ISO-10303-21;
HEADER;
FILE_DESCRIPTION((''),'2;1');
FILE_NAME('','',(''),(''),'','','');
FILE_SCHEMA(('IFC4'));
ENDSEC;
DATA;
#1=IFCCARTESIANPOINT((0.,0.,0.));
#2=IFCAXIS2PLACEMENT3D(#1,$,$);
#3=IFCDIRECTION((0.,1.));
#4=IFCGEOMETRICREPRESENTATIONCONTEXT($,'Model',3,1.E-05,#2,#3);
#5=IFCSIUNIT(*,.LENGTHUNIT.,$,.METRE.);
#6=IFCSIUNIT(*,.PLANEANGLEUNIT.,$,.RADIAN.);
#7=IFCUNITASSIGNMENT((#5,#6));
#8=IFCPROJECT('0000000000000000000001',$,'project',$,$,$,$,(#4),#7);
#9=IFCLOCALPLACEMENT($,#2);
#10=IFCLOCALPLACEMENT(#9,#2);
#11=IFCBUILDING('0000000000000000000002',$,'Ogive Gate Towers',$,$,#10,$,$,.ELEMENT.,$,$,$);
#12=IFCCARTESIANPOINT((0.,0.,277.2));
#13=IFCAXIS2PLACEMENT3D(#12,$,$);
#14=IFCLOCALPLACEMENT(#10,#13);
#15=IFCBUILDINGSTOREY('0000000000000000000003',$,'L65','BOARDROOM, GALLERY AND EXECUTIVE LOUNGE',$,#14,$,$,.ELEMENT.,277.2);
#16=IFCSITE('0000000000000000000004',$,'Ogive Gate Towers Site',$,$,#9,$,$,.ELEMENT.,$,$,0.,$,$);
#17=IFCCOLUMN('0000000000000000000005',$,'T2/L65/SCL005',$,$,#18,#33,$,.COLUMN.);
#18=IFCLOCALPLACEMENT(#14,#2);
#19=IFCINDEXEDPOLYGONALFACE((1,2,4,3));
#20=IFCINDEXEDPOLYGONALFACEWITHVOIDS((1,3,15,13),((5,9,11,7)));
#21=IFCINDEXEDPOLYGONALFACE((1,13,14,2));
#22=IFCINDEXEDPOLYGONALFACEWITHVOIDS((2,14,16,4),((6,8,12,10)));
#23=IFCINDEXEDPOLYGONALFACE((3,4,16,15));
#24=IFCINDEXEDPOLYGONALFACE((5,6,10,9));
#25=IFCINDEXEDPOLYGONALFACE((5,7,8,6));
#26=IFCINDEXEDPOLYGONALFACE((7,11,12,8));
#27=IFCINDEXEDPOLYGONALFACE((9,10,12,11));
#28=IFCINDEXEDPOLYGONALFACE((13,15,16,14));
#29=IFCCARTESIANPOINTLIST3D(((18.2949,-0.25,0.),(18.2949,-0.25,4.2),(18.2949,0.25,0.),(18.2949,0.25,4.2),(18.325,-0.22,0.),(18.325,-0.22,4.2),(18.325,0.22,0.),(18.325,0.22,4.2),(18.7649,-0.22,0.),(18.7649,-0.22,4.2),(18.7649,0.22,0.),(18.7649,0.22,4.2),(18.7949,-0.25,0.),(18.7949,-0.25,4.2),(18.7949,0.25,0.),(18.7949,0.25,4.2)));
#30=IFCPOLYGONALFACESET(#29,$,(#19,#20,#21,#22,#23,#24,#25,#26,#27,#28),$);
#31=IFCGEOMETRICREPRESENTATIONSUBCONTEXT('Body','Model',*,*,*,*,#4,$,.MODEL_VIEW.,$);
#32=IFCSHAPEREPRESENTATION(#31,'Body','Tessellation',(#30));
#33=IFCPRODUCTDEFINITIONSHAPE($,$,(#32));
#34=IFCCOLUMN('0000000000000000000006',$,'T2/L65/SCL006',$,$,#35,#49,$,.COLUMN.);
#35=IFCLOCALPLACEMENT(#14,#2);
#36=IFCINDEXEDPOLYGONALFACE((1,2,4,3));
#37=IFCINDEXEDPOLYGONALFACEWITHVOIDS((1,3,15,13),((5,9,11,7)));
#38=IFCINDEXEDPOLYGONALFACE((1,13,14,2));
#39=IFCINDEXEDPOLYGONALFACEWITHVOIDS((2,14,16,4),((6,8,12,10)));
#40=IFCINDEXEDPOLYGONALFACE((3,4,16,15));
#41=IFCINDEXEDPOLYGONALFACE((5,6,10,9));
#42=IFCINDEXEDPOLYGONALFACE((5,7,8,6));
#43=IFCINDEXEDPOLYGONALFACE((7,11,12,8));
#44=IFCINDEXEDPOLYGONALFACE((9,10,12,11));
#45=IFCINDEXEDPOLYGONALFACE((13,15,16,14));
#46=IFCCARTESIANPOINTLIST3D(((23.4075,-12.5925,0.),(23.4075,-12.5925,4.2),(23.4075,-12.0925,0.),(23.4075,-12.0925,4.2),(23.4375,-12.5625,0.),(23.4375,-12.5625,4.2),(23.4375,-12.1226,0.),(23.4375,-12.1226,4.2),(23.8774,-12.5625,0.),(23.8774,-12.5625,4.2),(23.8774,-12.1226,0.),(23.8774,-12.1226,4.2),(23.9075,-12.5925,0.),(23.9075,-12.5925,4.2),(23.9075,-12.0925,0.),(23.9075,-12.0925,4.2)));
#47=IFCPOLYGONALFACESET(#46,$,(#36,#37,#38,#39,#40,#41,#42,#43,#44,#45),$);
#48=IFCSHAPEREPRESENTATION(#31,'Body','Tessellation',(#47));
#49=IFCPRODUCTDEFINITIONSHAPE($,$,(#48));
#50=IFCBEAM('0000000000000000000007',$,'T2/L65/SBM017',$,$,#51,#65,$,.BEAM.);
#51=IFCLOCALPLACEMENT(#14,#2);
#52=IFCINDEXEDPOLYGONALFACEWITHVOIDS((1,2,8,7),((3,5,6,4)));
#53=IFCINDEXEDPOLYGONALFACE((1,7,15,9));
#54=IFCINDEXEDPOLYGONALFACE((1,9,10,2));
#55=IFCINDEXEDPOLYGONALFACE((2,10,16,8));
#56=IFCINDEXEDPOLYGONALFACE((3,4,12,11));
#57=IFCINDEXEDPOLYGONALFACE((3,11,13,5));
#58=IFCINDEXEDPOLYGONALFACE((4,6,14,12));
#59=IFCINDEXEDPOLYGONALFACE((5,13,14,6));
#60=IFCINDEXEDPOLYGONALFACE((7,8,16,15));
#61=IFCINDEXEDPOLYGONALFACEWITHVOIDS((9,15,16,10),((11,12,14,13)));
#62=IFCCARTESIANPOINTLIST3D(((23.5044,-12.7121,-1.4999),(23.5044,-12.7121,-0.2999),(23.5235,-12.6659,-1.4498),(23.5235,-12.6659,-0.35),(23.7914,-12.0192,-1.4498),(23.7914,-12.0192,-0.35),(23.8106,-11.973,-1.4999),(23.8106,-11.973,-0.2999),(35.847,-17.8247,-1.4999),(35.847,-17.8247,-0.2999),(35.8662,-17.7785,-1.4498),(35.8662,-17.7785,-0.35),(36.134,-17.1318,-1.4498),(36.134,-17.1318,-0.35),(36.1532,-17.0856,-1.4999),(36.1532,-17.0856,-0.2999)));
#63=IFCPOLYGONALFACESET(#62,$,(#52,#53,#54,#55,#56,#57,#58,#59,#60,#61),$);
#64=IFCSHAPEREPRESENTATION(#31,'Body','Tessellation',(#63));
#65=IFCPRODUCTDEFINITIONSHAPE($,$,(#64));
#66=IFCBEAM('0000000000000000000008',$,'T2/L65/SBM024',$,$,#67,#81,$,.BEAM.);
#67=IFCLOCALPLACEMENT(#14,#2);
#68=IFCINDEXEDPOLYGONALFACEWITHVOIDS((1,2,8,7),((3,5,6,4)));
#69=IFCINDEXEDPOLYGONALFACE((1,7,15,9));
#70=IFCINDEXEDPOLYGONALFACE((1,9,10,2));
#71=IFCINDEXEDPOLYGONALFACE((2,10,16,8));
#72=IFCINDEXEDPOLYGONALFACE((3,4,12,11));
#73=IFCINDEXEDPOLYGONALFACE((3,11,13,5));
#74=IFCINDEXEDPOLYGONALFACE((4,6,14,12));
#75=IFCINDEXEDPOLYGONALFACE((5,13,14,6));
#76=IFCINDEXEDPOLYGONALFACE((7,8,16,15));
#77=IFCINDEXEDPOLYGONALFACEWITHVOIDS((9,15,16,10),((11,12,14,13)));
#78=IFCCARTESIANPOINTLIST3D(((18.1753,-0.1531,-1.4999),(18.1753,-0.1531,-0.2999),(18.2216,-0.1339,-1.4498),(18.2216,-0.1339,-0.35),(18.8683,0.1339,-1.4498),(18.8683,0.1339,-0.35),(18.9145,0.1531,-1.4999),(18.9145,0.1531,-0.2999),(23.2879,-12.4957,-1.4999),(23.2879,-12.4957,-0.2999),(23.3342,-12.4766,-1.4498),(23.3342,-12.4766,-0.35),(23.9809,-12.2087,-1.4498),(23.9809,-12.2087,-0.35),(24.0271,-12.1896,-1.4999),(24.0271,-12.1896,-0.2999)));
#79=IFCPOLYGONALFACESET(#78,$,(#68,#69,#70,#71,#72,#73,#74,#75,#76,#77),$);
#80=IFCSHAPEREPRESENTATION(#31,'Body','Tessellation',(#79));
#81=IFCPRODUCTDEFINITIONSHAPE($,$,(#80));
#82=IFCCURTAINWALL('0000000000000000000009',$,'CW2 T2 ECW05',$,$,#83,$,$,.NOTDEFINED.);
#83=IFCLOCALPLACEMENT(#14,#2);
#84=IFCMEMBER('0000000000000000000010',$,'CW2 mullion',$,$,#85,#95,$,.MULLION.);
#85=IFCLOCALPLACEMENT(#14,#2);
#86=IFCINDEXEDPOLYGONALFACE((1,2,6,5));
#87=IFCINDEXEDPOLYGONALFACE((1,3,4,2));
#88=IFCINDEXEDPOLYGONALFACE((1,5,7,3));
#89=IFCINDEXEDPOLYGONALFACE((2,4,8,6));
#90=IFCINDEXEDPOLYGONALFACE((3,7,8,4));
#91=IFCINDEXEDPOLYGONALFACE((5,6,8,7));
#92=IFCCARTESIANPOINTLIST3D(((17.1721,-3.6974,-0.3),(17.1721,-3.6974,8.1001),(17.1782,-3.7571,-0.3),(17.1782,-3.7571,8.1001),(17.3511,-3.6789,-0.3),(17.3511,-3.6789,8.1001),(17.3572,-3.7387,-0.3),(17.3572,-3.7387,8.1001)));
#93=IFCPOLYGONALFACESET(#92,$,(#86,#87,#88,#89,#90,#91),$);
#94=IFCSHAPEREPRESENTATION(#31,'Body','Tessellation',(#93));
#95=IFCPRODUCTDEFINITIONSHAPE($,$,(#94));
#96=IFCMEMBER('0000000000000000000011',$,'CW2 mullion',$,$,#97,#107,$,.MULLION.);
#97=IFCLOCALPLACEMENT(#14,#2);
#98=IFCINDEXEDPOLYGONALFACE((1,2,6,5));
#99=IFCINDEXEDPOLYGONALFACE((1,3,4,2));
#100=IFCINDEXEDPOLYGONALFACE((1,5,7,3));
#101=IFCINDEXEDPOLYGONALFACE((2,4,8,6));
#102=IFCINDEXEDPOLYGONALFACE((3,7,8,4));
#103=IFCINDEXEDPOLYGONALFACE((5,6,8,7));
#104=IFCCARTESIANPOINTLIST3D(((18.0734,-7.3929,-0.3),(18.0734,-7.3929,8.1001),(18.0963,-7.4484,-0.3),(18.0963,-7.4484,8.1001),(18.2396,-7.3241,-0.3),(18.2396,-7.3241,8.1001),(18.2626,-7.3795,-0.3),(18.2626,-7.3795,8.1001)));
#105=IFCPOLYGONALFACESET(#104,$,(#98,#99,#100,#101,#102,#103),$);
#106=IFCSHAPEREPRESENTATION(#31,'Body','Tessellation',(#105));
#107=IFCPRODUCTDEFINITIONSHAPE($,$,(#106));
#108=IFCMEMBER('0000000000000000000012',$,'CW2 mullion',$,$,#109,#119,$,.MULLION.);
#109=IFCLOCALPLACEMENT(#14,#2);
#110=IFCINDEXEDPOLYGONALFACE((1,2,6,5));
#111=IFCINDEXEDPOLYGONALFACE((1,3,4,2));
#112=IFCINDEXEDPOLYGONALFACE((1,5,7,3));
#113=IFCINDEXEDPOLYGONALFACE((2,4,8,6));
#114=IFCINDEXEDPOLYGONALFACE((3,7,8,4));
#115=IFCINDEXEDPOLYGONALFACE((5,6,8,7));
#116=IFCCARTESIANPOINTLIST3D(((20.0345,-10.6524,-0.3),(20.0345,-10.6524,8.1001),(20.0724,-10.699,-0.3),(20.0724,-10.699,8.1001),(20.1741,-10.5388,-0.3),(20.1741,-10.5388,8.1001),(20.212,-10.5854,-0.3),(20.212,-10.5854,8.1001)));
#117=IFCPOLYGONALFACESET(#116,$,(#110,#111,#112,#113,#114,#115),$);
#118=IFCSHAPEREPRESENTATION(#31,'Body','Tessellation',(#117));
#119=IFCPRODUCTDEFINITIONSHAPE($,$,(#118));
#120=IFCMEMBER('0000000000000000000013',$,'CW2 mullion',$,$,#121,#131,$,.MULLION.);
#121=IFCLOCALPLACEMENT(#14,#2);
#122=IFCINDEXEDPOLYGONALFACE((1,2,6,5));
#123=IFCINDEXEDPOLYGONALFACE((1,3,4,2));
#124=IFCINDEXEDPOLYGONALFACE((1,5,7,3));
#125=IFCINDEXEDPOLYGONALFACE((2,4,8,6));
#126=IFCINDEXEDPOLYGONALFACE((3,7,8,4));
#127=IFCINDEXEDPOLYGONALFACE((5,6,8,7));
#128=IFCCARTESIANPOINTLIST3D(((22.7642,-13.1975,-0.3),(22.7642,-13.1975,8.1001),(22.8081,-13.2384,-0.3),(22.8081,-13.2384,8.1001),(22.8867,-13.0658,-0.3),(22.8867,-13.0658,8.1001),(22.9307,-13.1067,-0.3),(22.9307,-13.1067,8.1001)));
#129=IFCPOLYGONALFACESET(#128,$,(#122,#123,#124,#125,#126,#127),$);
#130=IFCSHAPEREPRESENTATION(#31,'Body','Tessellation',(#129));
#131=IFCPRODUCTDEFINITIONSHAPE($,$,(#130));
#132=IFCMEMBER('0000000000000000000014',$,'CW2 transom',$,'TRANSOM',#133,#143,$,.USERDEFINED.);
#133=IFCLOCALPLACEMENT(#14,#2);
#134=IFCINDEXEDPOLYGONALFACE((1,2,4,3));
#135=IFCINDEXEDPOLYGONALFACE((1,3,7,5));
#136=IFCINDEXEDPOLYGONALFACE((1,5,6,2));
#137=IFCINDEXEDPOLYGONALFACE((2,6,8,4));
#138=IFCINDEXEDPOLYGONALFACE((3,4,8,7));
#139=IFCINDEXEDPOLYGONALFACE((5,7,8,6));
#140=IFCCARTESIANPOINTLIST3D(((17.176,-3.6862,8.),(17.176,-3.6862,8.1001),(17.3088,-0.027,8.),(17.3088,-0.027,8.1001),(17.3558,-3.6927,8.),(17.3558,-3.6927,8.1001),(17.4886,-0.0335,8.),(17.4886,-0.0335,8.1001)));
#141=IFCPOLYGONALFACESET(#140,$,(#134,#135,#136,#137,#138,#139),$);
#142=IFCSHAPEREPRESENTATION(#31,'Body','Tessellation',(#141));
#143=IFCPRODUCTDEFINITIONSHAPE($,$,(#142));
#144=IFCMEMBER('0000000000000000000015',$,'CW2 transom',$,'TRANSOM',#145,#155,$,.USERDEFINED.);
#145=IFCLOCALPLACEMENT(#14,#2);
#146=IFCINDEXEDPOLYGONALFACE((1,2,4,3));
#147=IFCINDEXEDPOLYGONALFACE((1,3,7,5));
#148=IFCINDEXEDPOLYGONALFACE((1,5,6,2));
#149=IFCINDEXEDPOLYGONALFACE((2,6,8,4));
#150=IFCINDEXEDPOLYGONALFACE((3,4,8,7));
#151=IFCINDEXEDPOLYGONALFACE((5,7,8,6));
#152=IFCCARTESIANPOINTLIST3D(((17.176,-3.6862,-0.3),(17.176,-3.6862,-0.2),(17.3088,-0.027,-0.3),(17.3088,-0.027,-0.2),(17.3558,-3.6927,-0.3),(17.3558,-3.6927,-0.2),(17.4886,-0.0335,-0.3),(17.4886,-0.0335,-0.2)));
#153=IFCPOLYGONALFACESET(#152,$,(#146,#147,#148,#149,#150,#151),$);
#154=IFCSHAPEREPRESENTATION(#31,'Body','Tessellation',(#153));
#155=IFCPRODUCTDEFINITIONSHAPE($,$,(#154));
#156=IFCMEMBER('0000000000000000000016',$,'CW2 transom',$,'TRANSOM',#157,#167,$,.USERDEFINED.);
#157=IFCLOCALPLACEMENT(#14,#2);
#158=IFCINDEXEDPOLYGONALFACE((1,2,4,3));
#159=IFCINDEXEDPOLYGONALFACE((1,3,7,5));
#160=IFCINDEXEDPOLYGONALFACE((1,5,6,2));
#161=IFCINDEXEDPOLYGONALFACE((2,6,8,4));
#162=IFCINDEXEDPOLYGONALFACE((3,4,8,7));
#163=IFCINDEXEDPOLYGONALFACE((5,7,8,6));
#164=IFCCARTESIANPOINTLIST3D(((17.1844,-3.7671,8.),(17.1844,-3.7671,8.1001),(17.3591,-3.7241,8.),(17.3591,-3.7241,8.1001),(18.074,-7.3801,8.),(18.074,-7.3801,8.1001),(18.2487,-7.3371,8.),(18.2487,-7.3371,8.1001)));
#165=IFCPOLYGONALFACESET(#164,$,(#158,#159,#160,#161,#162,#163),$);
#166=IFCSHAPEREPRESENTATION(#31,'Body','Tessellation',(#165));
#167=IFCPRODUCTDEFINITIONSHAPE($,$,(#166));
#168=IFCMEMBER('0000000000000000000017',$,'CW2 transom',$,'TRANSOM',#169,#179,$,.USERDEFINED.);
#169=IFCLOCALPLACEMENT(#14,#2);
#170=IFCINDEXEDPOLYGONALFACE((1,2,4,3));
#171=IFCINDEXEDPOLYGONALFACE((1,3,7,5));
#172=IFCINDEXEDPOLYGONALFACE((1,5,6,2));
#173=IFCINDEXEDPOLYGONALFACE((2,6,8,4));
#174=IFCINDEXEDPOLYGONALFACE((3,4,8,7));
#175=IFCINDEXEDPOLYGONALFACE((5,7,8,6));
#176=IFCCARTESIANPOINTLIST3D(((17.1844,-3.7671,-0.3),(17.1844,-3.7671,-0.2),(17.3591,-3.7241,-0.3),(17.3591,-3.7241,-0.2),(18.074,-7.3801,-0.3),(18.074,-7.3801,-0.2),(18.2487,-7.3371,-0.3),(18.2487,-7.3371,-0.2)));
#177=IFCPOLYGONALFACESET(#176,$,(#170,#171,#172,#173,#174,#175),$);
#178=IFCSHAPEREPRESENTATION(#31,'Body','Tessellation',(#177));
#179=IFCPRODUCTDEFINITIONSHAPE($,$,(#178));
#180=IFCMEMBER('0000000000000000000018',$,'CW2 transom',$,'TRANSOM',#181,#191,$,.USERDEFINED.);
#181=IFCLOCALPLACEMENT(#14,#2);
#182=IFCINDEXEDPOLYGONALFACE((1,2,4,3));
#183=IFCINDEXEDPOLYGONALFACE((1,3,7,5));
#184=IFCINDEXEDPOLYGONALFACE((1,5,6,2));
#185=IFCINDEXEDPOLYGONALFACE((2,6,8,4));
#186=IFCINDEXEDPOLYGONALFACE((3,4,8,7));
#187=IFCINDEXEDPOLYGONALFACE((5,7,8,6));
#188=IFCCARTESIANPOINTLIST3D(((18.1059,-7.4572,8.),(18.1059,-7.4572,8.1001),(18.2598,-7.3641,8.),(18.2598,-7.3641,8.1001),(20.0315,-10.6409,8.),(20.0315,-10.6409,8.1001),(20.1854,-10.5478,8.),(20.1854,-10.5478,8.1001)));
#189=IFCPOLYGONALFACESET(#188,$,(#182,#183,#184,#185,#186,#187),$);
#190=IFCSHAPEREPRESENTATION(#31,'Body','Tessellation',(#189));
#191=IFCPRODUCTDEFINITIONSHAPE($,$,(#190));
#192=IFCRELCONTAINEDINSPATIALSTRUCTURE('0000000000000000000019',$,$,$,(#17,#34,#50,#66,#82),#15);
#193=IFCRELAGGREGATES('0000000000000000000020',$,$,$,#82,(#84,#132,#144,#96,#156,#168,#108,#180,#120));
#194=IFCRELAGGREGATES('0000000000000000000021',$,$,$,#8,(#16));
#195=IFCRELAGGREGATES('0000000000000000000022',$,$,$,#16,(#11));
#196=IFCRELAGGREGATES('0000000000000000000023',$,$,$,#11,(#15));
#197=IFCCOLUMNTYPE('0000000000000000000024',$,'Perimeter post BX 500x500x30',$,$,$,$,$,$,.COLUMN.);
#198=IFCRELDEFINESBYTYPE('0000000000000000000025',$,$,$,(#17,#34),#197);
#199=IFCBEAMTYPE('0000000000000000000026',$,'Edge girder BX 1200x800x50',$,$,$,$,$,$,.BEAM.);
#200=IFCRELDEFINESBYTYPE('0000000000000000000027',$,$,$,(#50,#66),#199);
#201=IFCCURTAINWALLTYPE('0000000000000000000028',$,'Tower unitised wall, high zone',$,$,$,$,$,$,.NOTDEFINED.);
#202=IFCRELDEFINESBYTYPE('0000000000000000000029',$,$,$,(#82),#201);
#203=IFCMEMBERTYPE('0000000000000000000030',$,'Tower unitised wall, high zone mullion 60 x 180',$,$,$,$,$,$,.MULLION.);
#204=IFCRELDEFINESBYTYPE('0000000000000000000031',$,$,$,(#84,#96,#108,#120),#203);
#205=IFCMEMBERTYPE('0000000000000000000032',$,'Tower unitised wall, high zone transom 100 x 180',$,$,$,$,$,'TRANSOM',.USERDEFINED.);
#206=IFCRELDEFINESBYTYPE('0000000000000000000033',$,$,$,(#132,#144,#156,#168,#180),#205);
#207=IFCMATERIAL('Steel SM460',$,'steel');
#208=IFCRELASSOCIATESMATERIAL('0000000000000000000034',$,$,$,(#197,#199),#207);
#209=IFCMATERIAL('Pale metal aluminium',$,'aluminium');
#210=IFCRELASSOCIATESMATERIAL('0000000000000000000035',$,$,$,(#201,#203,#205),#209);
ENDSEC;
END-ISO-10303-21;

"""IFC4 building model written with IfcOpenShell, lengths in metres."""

from ifc_helpers import new_model, si_unit, direction, frame, origin, origin_2d, place, context, subcontext, project, spatial, rectangle, hollow_rectangle, extrude, material, material_profile, profile_set, type_object, element, aggregate, save


model = new_model("IFC4")

# Units and contexts
model_context = context("Model", 3, precision=1e-05, world=origin(), true_north=direction((0.0, 1.0)))
body_context = subcontext(model_context, "Body", "Model", "MODEL_VIEW")
ifc_project = project(units=[si_unit("LENGTHUNIT", "METRE"), si_unit("PLANEANGLEUNIT", "RADIAN")], contexts=[model_context])

# Site, building, storey
site_placement = place(None, origin())
site = spatial("IfcSite", under=ifc_project, at=site_placement, Name="Ogive Gate Towers Site", CompositionType="ELEMENT", RefElevation=0.0)
building_placement = place(site_placement, origin())
building = spatial("IfcBuilding", under=site, at=building_placement, Name="Ogive Gate Towers", CompositionType="ELEMENT")
storey_placement = place(building_placement, frame((0.0, 0.0, 277.2)))
storey = spatial("IfcBuildingStorey", under=building, at=storey_placement, Name="L65", Description="BOARDROOM, GALLERY AND EXECUTIVE LOUNGE", CompositionType="ELEMENT", Elevation=277.2)

# Columns
ifc_material_1 = material(Name="Steel SM460", Category="steel")
ifc_material_profile_1 = material_profile(ifc_material_1, hollow_rectangle(XDim=0.5, YDim=0.5, WallThickness=0.03, at=origin_2d()), Name="BX 500x500x30")
ifc_profile_set_1 = profile_set([ifc_material_profile_1], Name="Steel SM460")
column_type = type_object("IfcColumnType", Name="Perimeter post BX 500x500x30", PredefinedType="COLUMN", material=ifc_profile_set_1)
for number, where, z_axis, x_axis, name in (
    (1, (18.5449, 0.0, 0.0), (0.0, 0.0, 1.0), (1.0, 0.0, 0.0), "T2/L65/SCL005"),
    (2, (23.6575, -12.3425, 0.0), (0.0, 0.0, 1.0), (1.0, 0.0, 0.0), "T2/L65/SCL006"),
):
    element("IfcColumn", number, at=place(storey_placement, frame(where, z_axis=z_axis, x_axis=x_axis)), inside=storey, type_object=column_type, Name=name, PredefinedType="COLUMN", context=body_context, shape_type="SweptSolid", body=[
        extrude(hollow_rectangle(XDim=0.5, YDim=0.5, WallThickness=0.03, at=origin_2d()), origin(), (0.0, 0.0, 1.0), 4.2),
    ])

# Beams
ifc_material_profile_2 = material_profile(ifc_material_1, hollow_rectangle(XDim=0.8, YDim=1.2, WallThickness=0.05, at=origin_2d()), Name="BX 1200x800x50")
ifc_profile_set_2 = profile_set([ifc_material_profile_2], Name="Steel SM460")
beam_type = type_object("IfcBeamType", Name="Edge girder BX 1200x800x50", PredefinedType="BEAM", material=ifc_profile_set_2)
for number, where, z_axis, x_axis, name in (
    (3, (23.6575, -12.3425, -0.8999), (0.923877, -0.38269, 0.0), (0.38269, 0.923877, 0.0), "T2/L65/SBM017"),
    (4, (18.5449, 0.0, -0.8999), (0.38269, -0.923877, 0.0), (0.923877, 0.38269, 0.0), "T2/L65/SBM024"),
):
    element("IfcBeam", number, at=place(storey_placement, frame(where, z_axis=z_axis, x_axis=x_axis)), inside=storey, type_object=beam_type, Name=name, PredefinedType="BEAM", context=body_context, shape_type="SweptSolid", body=[
        extrude(hollow_rectangle(XDim=0.8, YDim=1.2, WallThickness=0.05, at=origin_2d()), origin(), (0.0, 0.0, 1.0), 13.3596),
    ])

# Curtain wall, members
ifc_material_2 = material(Name="Pale metal aluminium", Category="aluminium")
curtain_wall_type = type_object("IfcCurtainWallType", Name="Tower unitised wall, high zone", PredefinedType="NOTDEFINED", material=ifc_material_2)
curtain_wall_1_placement = place(storey_placement, origin())
curtain_wall_1 = element("IfcCurtainWall", 5, at=curtain_wall_1_placement, inside=storey, type_object=curtain_wall_type, Name="CW2 T2 ECW05", PredefinedType="NOTDEFINED")
ifc_material_profile_3 = material_profile(ifc_material_2, rectangle(XDim=0.1799, YDim=0.0601, at=origin_2d()), Name="60 x 180 aluminium box")
ifc_profile_set_3 = profile_set([ifc_material_profile_3], Name="Pale metal aluminium")
member_type_1 = type_object("IfcMemberType", Name="Tower unitised wall, high zone mullion 60 x 180", PredefinedType="MULLION", material=ifc_profile_set_3)
member_1_placement = place(storey_placement, frame((17.2646, -3.718, -0.3), z_axis=(0.0, 0.0, 1.0), x_axis=(-0.994744, -0.102393, 0.0)))
member_1 = element("IfcMember", 6, at=member_1_placement, type_object=member_type_1, Name="CW2 mullion", PredefinedType="MULLION", context=body_context, shape_type="SweptSolid", body=[
    extrude(rectangle(XDim=0.1799, YDim=0.0601, at=origin_2d()), origin(), (0.0, 0.0, 1.0), 8.4001),
])
member_2_placement = place(storey_placement, frame((18.168, -7.3862, -0.3), z_axis=(0.0, 0.0, 1.0), x_axis=(-0.92388, -0.382683, 0.0)))
member_2 = element("IfcMember", 7, at=member_2_placement, type_object=member_type_1, Name="CW2 mullion", PredefinedType="MULLION", context=body_context, shape_type="SweptSolid", body=[
    extrude(rectangle(XDim=0.1799, YDim=0.0601, at=origin_2d()), origin(), (0.0, 0.0, 1.0), 8.4001),
])
member_3_placement = place(storey_placement, frame((20.1233, -10.6189, -0.3), z_axis=(0.0, 0.0, 1.0), x_axis=(-0.775782, -0.631001, 0.0)))
member_3 = element("IfcMember", 8, at=member_3_placement, type_object=member_type_1, Name="CW2 mullion", PredefinedType="MULLION", context=body_context, shape_type="SweptSolid", body=[
    extrude(rectangle(XDim=0.1799, YDim=0.0601, at=origin_2d()), origin(), (0.0, 0.0, 1.0), 8.4001),
])
member_4_placement = place(storey_placement, frame((22.8474, -13.1521, -0.3), z_axis=(0.0, 0.0, 1.0), x_axis=(-0.680964, -0.732317, 0.0)))
member_4 = element("IfcMember", 9, at=member_4_placement, type_object=member_type_1, Name="CW2 mullion", PredefinedType="MULLION", context=body_context, shape_type="SweptSolid", body=[
    extrude(rectangle(XDim=0.1799, YDim=0.0601, at=origin_2d()), origin(), (0.0, 0.0, 1.0), 8.4001),
])
ifc_material_profile_4 = material_profile(ifc_material_2, rectangle(XDim=0.1799, YDim=0.1001, at=origin_2d()), Name="100 x 180 aluminium box")
ifc_profile_set_4 = profile_set([ifc_material_profile_4], Name="Pale metal aluminium")
member_type_2 = type_object("IfcMemberType", Name="Tower unitised wall, high zone transom 100 x 180", ElementType="TRANSOM", PredefinedType="USERDEFINED", material=ifc_profile_set_4)
member_5_placement = place(storey_placement, frame((17.3987, -0.0303, 8.05), z_axis=(-0.036272, -0.999342, 0.0), x_axis=(0.999342, -0.036272, 0.0)))
member_5 = element("IfcMember", 10, at=member_5_placement, type_object=member_type_2, Name="CW2 transom", ObjectType="TRANSOM", PredefinedType="USERDEFINED", context=body_context, shape_type="SweptSolid", body=[
    extrude(rectangle(XDim=0.1799, YDim=0.1001, at=origin_2d()), origin(), (0.0, 0.0, 1.0), 3.6616),
])
member_6_placement = place(storey_placement, frame((17.3987, -0.0303, -0.25), z_axis=(-0.036272, -0.999342, 0.0), x_axis=(0.999342, -0.036272, 0.0)))
member_6 = element("IfcMember", 11, at=member_6_placement, type_object=member_type_2, Name="CW2 transom", ObjectType="TRANSOM", PredefinedType="USERDEFINED", context=body_context, shape_type="SweptSolid", body=[
    extrude(rectangle(XDim=0.1799, YDim=0.1001, at=origin_2d()), origin(), (0.0, 0.0, 1.0), 3.6616),
])
member_7_placement = place(storey_placement, frame((17.2717, -3.7456, 8.05), z_axis=(0.239091, -0.970997, 0.0), x_axis=(0.970997, 0.239091, 0.0)))
member_7 = element("IfcMember", 12, at=member_7_placement, type_object=member_type_2, Name="CW2 transom", ObjectType="TRANSOM", PredefinedType="USERDEFINED", context=body_context, shape_type="SweptSolid", body=[
    extrude(rectangle(XDim=0.1799, YDim=0.1001, at=origin_2d()), origin(), (0.0, 0.0, 1.0), 3.7209),
])
member_8_placement = place(storey_placement, frame((17.2717, -3.7456, -0.25), z_axis=(0.239091, -0.970997, 0.0), x_axis=(0.970997, 0.239091, 0.0)))
member_8 = element("IfcMember", 13, at=member_8_placement, type_object=member_type_2, Name="CW2 transom", ObjectType="TRANSOM", PredefinedType="USERDEFINED", context=body_context, shape_type="SweptSolid", body=[
    extrude(rectangle(XDim=0.1799, YDim=0.1001, at=origin_2d()), origin(), (0.0, 0.0, 1.0), 3.7209),
])
member_9_placement = place(storey_placement, frame((18.1829, -7.4106, 8.05), z_axis=(0.517532, -0.855664, 0.0), x_axis=(0.855664, 0.517532, 0.0)))
member_9 = element("IfcMember", 14, at=member_9_placement, type_object=member_type_2, Name="CW2 transom", ObjectType="TRANSOM", PredefinedType="USERDEFINED", context=body_context, shape_type="SweptSolid", body=[
    extrude(rectangle(XDim=0.1799, YDim=0.1001, at=origin_2d()), origin(), (0.0, 0.0, 1.0), 3.7207),
])

aggregate(curtain_wall_1, [member_1, member_5, member_6, member_2, member_7, member_8, member_3, member_9, member_4])

save(model, "model.ifc")
